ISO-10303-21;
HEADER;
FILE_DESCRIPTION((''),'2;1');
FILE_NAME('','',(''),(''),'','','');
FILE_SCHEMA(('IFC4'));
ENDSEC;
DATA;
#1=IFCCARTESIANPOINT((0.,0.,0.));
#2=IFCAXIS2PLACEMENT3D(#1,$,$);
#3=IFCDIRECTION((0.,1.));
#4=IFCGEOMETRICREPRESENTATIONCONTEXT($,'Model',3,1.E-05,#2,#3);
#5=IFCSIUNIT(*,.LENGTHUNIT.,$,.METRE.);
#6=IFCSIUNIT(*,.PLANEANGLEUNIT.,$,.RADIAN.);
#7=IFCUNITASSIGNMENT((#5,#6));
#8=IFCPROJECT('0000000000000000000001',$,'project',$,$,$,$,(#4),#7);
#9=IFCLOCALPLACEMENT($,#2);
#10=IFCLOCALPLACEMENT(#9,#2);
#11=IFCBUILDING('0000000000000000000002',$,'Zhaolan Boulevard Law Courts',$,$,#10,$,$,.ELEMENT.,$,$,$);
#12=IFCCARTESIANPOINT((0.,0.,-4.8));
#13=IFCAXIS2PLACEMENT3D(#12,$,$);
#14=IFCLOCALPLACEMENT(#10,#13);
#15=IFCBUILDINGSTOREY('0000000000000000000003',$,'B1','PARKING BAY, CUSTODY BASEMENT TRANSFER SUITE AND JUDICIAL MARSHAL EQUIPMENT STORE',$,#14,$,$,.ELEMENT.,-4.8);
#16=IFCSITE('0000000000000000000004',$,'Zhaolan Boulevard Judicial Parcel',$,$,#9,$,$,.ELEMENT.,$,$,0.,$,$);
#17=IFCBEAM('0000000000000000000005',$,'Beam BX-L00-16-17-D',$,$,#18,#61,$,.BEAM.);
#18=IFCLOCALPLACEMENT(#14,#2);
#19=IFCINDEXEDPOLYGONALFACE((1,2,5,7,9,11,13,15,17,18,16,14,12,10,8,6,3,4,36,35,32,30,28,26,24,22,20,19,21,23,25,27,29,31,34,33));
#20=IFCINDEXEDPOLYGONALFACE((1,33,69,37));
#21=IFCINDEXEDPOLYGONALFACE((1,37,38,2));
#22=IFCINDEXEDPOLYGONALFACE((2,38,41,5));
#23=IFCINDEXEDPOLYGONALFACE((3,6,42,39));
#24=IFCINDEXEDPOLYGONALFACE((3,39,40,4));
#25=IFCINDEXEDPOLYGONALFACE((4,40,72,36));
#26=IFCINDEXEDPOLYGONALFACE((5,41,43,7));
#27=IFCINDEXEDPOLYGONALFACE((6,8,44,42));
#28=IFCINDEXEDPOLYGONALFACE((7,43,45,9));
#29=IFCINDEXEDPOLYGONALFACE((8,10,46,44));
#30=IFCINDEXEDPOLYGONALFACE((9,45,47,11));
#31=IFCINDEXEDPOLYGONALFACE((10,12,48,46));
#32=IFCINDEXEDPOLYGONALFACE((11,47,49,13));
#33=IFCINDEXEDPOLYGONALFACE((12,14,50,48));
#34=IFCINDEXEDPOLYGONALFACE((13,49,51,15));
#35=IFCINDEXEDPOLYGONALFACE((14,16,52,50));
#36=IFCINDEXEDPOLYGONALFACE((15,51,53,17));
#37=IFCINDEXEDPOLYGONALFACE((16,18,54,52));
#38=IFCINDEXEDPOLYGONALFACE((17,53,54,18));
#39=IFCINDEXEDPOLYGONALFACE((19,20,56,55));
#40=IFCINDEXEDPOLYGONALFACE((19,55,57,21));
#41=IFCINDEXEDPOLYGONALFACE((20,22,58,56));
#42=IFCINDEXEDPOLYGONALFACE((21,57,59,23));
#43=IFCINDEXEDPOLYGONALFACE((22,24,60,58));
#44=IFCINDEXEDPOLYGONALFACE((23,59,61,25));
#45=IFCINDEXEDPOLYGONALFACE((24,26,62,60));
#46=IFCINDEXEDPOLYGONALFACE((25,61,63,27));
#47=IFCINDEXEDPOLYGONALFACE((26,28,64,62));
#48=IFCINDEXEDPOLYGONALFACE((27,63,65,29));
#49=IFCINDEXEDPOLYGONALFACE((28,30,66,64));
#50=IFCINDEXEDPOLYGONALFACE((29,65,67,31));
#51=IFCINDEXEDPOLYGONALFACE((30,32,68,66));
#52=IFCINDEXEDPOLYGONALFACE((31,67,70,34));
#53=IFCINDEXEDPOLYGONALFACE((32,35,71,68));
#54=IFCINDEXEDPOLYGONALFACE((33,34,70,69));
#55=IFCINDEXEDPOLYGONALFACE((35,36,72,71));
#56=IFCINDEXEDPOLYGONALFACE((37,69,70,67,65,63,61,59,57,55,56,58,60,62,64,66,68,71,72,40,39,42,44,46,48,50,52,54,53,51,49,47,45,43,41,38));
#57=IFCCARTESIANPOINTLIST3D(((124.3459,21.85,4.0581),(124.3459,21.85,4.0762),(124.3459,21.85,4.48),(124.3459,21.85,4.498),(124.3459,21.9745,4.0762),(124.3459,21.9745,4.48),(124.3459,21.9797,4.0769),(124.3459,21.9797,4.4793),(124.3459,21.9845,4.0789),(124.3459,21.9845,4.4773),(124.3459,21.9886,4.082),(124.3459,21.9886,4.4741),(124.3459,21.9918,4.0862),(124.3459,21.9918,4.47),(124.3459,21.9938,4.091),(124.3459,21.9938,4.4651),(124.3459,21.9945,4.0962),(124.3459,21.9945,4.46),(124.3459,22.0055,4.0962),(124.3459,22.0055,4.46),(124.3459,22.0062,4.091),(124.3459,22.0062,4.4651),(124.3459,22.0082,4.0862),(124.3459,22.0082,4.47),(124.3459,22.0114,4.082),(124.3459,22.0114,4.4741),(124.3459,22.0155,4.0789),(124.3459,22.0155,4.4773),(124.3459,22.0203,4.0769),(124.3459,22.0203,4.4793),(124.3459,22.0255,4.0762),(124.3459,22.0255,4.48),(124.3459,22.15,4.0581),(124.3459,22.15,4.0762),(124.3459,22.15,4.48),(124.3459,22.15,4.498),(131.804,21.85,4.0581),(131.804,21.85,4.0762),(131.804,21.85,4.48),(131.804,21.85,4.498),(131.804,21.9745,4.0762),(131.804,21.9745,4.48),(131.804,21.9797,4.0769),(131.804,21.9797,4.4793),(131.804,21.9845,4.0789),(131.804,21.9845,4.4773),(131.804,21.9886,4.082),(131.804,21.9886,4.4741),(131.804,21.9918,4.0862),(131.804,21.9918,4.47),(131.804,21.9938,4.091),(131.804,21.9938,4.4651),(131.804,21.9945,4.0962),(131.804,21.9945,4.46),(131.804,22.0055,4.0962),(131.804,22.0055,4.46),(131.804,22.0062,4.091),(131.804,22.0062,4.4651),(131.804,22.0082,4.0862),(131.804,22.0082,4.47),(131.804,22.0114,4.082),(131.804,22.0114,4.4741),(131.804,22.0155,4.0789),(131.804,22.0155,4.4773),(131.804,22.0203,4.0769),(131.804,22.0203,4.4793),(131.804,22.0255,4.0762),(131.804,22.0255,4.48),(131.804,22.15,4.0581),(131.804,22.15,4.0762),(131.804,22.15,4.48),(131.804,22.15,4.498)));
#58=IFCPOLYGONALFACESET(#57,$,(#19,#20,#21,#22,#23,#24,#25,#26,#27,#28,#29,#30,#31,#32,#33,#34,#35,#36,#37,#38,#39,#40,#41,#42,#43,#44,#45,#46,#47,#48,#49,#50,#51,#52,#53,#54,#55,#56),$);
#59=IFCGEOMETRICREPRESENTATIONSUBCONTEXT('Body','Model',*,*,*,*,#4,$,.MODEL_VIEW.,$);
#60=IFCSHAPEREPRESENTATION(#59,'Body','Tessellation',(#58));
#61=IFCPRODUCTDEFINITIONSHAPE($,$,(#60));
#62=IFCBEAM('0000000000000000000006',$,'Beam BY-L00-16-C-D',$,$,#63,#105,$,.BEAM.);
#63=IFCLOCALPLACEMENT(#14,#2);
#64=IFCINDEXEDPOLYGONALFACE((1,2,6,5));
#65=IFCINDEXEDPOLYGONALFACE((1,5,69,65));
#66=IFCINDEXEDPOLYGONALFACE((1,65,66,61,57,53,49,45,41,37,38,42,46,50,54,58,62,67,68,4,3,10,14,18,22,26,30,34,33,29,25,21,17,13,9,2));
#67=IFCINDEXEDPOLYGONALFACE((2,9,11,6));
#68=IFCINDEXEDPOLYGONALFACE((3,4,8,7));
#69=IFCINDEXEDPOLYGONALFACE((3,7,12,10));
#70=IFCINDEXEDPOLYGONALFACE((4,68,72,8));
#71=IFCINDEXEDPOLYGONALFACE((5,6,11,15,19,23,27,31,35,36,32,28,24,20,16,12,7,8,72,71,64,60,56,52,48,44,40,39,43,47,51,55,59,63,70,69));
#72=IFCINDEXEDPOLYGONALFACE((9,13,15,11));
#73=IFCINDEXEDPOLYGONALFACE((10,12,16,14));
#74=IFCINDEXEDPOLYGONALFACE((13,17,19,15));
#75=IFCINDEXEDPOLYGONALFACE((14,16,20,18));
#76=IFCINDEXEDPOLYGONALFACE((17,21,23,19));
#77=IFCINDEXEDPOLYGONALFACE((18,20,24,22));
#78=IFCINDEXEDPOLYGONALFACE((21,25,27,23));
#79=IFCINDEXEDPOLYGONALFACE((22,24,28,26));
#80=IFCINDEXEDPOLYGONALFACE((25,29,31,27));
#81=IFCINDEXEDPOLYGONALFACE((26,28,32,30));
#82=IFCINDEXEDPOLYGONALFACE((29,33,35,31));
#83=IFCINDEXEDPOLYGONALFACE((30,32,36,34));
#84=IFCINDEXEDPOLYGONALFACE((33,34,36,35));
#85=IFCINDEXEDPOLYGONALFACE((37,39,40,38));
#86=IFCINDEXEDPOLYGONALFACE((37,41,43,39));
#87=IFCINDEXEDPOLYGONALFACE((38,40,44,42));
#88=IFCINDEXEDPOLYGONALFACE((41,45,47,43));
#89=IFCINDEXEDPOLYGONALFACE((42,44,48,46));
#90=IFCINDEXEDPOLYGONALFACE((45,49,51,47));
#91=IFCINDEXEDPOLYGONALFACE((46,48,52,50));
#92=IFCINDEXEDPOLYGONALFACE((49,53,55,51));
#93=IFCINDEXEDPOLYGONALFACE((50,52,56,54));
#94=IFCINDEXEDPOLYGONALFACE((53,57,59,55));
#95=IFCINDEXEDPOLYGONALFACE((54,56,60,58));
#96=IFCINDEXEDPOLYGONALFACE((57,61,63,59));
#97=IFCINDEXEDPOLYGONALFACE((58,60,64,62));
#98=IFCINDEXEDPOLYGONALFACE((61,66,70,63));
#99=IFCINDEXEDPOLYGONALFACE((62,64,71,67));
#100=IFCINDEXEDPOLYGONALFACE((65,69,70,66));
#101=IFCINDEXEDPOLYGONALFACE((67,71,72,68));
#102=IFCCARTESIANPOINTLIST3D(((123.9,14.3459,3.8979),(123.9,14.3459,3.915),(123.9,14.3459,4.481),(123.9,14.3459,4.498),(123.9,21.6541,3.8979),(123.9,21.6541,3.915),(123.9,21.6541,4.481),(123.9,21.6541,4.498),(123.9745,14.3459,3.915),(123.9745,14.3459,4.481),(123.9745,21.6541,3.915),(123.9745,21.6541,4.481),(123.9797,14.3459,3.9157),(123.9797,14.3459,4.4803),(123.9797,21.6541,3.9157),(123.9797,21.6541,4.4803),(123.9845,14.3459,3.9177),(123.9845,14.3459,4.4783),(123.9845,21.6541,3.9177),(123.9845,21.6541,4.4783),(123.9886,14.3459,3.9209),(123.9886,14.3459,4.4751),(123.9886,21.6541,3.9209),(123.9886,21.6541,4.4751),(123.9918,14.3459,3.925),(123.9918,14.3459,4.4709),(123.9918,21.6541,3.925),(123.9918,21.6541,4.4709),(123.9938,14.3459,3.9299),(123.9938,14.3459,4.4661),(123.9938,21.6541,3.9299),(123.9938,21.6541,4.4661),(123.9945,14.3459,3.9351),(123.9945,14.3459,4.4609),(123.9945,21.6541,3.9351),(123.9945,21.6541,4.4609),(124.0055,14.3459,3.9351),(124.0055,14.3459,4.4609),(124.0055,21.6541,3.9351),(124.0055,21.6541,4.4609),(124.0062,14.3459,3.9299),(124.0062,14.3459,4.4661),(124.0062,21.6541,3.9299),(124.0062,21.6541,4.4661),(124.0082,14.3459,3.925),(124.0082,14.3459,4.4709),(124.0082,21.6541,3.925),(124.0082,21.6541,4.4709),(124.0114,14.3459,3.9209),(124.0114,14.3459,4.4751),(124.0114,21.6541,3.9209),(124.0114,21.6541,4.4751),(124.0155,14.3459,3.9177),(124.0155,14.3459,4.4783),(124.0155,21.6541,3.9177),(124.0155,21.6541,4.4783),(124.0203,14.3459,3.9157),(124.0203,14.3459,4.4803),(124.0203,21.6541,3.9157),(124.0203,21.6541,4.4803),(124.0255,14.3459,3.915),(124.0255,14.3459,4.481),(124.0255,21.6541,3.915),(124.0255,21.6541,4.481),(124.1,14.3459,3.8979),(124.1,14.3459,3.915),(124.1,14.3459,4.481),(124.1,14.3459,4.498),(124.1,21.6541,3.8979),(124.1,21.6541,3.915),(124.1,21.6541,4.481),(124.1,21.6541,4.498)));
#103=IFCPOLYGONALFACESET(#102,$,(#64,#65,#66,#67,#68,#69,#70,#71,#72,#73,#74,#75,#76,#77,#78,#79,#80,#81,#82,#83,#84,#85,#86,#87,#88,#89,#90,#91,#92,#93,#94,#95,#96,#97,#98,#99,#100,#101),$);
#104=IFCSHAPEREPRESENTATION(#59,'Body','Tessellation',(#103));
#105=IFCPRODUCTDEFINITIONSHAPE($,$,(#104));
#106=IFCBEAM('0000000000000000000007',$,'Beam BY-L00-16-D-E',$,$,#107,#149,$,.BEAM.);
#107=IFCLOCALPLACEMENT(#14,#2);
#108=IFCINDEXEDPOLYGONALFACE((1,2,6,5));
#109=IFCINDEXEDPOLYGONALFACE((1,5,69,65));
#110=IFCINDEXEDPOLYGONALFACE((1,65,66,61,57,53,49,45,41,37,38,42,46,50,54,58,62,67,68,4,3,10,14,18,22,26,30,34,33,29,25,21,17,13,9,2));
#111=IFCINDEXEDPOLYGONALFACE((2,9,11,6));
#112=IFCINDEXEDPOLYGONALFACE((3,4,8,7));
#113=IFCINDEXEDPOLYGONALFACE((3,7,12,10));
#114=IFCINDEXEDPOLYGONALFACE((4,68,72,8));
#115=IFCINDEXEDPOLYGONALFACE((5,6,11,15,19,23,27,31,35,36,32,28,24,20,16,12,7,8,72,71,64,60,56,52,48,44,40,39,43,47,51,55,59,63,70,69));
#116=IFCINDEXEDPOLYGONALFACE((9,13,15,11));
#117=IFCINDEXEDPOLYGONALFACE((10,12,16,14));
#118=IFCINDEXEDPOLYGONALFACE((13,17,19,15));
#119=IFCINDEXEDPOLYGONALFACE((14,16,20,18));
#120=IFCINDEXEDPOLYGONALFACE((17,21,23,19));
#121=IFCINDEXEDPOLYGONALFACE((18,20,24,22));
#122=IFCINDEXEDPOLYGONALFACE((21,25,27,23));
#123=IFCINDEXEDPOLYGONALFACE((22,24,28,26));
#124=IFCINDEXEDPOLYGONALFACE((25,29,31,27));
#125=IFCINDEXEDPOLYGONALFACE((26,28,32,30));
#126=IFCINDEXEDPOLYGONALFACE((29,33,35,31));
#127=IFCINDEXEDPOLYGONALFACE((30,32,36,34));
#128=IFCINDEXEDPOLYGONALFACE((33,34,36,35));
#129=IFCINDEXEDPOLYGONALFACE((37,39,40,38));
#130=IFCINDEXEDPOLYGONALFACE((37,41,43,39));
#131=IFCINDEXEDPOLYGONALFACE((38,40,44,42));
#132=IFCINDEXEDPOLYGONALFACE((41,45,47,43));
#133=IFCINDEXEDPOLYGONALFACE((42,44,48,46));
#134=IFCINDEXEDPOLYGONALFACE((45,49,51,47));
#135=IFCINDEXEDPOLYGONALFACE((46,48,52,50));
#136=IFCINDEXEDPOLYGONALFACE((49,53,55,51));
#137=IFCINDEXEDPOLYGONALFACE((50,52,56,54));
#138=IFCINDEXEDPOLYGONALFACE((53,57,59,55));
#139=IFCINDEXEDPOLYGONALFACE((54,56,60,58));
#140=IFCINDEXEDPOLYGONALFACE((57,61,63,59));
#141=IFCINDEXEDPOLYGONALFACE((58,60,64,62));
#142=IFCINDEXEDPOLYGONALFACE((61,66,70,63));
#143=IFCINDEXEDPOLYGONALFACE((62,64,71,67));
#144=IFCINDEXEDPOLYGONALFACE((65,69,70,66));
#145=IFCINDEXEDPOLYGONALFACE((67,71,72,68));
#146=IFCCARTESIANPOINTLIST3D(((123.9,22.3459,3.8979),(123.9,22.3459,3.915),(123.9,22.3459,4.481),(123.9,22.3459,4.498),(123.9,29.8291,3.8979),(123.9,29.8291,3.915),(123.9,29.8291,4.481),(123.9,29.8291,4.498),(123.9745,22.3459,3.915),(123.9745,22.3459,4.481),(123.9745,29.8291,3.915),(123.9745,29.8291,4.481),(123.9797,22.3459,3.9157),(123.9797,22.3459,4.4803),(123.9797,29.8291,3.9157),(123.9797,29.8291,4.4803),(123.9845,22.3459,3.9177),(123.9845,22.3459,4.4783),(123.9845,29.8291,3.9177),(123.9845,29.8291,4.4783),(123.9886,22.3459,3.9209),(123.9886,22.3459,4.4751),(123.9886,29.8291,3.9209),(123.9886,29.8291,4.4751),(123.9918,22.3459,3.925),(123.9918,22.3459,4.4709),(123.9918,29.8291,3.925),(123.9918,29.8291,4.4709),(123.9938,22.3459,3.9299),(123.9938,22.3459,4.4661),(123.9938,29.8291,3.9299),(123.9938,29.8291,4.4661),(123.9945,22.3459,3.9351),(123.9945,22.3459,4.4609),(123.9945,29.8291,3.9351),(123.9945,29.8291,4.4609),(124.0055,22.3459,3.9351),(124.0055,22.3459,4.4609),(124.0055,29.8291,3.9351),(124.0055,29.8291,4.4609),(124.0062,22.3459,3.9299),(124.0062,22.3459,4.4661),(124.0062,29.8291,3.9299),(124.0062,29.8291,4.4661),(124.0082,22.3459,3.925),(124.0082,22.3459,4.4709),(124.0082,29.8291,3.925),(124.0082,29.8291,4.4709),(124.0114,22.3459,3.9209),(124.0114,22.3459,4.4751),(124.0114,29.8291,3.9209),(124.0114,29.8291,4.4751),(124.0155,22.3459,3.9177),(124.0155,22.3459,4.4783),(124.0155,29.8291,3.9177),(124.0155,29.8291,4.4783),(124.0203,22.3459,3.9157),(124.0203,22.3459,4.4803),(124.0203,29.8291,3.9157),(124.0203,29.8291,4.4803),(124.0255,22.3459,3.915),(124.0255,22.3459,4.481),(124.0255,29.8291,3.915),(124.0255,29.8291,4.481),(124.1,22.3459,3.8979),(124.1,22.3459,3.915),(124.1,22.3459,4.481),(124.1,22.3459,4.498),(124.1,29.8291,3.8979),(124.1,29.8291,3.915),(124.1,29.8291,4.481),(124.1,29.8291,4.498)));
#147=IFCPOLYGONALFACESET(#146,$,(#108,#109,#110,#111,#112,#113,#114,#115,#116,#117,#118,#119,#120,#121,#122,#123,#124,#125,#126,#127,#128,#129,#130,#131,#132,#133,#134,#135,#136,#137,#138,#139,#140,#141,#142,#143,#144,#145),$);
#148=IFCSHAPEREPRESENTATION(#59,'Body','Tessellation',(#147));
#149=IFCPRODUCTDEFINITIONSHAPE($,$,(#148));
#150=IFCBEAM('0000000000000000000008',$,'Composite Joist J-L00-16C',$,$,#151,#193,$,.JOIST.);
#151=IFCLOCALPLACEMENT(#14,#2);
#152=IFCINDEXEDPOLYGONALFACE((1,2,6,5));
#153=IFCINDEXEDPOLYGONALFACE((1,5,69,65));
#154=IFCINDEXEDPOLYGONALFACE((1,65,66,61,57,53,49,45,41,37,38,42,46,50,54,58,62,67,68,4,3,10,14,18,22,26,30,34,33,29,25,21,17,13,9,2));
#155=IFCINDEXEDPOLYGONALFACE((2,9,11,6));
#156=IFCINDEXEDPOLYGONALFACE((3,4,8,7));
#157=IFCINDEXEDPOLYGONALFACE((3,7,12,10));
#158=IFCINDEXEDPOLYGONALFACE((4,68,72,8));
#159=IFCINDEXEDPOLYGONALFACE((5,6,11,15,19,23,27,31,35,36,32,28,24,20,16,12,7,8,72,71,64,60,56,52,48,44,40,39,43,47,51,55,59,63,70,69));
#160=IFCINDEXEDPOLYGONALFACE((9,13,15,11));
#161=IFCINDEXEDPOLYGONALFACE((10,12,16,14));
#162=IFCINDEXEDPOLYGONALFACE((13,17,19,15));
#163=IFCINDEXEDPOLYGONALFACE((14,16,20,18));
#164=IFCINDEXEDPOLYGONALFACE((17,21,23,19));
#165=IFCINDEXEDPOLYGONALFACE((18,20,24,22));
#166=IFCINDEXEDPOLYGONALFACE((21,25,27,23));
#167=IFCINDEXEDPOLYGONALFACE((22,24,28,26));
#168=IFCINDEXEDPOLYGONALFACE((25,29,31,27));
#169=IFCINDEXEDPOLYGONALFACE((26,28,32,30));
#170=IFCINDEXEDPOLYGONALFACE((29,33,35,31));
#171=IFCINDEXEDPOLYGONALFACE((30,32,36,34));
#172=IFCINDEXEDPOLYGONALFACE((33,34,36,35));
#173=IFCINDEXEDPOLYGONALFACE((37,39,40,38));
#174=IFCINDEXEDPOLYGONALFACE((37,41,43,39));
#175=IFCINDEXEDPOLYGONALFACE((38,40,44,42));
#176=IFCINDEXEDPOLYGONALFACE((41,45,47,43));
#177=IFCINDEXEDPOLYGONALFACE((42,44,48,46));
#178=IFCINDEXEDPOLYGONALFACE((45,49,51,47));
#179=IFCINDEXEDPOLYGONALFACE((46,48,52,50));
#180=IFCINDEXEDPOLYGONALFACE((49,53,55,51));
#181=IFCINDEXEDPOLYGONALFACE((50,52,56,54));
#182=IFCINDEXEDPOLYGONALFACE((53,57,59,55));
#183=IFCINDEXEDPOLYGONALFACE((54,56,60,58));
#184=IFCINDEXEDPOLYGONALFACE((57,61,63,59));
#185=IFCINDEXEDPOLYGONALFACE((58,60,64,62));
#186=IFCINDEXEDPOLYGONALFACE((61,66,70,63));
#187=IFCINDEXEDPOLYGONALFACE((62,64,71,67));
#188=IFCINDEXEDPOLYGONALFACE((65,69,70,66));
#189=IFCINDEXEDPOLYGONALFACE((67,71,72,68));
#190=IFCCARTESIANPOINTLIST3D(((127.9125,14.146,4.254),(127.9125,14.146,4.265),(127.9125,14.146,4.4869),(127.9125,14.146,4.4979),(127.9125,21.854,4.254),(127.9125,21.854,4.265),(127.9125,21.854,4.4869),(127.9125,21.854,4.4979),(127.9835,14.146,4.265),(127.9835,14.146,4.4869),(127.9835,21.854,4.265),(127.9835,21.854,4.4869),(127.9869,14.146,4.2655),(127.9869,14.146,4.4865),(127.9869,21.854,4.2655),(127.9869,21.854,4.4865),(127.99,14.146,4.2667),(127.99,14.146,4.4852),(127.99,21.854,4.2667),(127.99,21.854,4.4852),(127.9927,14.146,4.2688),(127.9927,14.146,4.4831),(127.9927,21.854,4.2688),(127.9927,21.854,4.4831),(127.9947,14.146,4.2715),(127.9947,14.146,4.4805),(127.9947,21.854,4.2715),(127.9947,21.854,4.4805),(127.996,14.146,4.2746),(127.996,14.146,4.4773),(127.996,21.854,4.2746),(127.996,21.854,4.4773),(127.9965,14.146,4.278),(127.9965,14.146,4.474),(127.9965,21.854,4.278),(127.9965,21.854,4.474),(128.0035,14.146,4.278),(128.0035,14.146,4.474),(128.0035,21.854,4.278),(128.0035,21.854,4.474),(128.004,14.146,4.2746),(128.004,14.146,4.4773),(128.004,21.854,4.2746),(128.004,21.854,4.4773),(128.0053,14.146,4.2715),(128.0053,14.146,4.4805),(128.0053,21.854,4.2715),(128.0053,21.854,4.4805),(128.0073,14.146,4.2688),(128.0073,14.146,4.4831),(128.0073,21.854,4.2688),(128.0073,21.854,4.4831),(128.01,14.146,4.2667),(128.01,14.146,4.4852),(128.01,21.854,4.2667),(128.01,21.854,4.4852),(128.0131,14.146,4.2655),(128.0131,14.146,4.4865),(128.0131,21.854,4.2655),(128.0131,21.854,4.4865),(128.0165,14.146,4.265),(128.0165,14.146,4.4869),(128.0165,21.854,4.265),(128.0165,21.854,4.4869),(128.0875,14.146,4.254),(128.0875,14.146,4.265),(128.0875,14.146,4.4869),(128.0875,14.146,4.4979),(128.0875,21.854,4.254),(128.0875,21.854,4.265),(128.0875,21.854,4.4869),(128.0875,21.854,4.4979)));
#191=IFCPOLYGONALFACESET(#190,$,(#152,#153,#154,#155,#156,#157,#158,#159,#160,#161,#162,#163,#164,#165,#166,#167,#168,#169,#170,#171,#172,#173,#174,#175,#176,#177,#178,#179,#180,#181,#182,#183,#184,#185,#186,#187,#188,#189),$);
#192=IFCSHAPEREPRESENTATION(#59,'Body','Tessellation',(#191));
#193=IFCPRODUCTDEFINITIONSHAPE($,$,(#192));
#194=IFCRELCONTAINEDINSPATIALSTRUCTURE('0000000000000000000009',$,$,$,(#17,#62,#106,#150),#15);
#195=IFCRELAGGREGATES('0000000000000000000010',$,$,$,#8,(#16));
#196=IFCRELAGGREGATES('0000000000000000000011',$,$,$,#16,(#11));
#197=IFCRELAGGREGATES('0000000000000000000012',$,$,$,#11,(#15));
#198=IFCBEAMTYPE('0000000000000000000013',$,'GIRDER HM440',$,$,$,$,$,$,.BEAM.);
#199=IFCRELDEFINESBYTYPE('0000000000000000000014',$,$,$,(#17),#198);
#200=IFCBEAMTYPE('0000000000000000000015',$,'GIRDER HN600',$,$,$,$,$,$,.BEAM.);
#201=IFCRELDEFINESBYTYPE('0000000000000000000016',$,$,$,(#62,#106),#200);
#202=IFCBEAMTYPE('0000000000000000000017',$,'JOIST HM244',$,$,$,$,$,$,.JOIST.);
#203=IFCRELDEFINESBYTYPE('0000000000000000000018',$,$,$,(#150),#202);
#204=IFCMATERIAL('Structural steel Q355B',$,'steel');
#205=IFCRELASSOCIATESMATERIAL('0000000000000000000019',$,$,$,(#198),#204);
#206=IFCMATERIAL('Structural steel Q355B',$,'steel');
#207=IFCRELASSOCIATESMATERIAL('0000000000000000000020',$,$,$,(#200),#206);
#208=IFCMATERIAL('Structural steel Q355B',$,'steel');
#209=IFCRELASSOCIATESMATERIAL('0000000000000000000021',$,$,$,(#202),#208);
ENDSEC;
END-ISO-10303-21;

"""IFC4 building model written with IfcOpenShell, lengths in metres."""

from ifc_helpers import new_model, si_unit, direction, frame, origin, origin_2d, place, context, subcontext, project, spatial, i_section, extrude, material, material_profile, profile_set, type_object, element, save


model = new_model("IFC4")

# Units and contexts
model_context = context("Model", 3, precision=1e-05, world=origin(), true_north=direction((0.0, 1.0)))
body_context = subcontext(model_context, "Body", "Model", "MODEL_VIEW")
ifc_project = project(units=[si_unit("LENGTHUNIT", "METRE"), si_unit("PLANEANGLEUNIT", "RADIAN")], contexts=[model_context])

# Site, building, storey
site_placement = place(None, origin())
site = spatial("IfcSite", under=ifc_project, at=site_placement, Name="Zhaolan Boulevard Judicial Parcel", CompositionType="ELEMENT", RefElevation=0.0)
building_placement = place(site_placement, origin())
building = spatial("IfcBuilding", under=site, at=building_placement, Name="Zhaolan Boulevard Law Courts", CompositionType="ELEMENT")
storey_placement = place(building_placement, frame((0.0, 0.0, -4.8)))
storey = spatial("IfcBuildingStorey", under=building, at=storey_placement, Name="B1", Description="PARKING BAY, CUSTODY BASEMENT TRANSFER SUITE AND JUDICIAL MARSHAL EQUIPMENT STORE", CompositionType="ELEMENT", Elevation=-4.8)

# Beams
ifc_material_1 = material(Name="Structural steel Q355B", Category="steel")
ifc_material_profile_1 = material_profile(ifc_material_1, i_section(OverallWidth=0.3, OverallDepth=0.4399, WebThickness=0.011, FlangeThickness=0.0181, FilletRadius=0.02, at=origin_2d()), Name="HM440x300")
ifc_profile_set_1 = profile_set([ifc_material_profile_1], Name="Structural steel Q355B")
beam_type_1 = type_object("IfcBeamType", Name="GIRDER HM440", PredefinedType="BEAM", material=ifc_profile_set_1)
beam_1_placement = place(storey_placement, frame((124.3459, 22.0, 4.2781), z_axis=(1.0, 0.0, 0.0), x_axis=(0.0, 1.0, 0.0)))
element("IfcBeam", 1, at=beam_1_placement, inside=storey, type_object=beam_type_1, Name="Beam BX-L00-16-17-D", PredefinedType="BEAM", context=body_context, shape_type="SweptSolid", body=[
    extrude(i_section(OverallWidth=0.3, OverallDepth=0.4399, WebThickness=0.011, FlangeThickness=0.0181, FilletRadius=0.02, at=origin_2d()), origin(), (0.0, 0.0, 1.0), 7.458),
])
ifc_material_2 = material(Name="Structural steel Q355B", Category="steel")
ifc_material_profile_2 = material_profile(ifc_material_2, i_section(OverallWidth=0.2, OverallDepth=0.6001, WebThickness=0.011, FlangeThickness=0.0171, FilletRadius=0.02, at=origin_2d()), Name="HN600x200")
ifc_profile_set_2 = profile_set([ifc_material_profile_2], Name="Structural steel Q355B")
beam_type_2 = type_object("IfcBeamType", Name="GIRDER HN600", PredefinedType="BEAM", material=ifc_profile_set_2)
beam_2_placement = place(storey_placement, frame((124.0, 14.3459, 4.198), z_axis=(0.0, 1.0, 0.0), x_axis=(-1.0, 0.0, 0.0)))
element("IfcBeam", 2, at=beam_2_placement, inside=storey, type_object=beam_type_2, Name="Beam BY-L00-16-C-D", PredefinedType="BEAM", context=body_context, shape_type="SweptSolid", body=[
    extrude(i_section(OverallWidth=0.2, OverallDepth=0.6001, WebThickness=0.011, FlangeThickness=0.0171, FilletRadius=0.02, at=origin_2d()), origin(), (0.0, 0.0, 1.0), 7.3081),
])
beam_3_placement = place(storey_placement, frame((124.0, 22.3459, 4.198), z_axis=(0.0, 1.0, 0.0), x_axis=(-1.0, 0.0, 0.0)))
element("IfcBeam", 3, at=beam_3_placement, inside=storey, type_object=beam_type_2, Name="Beam BY-L00-16-D-E", PredefinedType="BEAM", context=body_context, shape_type="SweptSolid", body=[
    extrude(i_section(OverallWidth=0.2, OverallDepth=0.6001, WebThickness=0.011, FlangeThickness=0.0171, FilletRadius=0.02, at=origin_2d()), origin(), (0.0, 0.0, 1.0), 7.4832),
])
ifc_material_3 = material(Name="Structural steel Q355B", Category="steel")
ifc_material_profile_3 = material_profile(ifc_material_3, i_section(OverallWidth=0.175, OverallDepth=0.2439, WebThickness=0.0071, FlangeThickness=0.011, FilletRadius=0.0129, at=origin_2d()), Name="HM244x175")
ifc_profile_set_3 = profile_set([ifc_material_profile_3], Name="Structural steel Q355B")
beam_type_3 = type_object("IfcBeamType", Name="JOIST HM244", PredefinedType="JOIST", material=ifc_profile_set_3)
beam_4_placement = place(storey_placement, frame((128.0, 14.146, 4.376), z_axis=(0.0, 1.0, 0.0), x_axis=(-1.0, 0.0, 0.0)))
element("IfcBeam", 4, at=beam_4_placement, inside=storey, type_object=beam_type_3, Name="Composite Joist J-L00-16C", PredefinedType="JOIST", context=body_context, shape_type="SweptSolid", body=[
    extrude(i_section(OverallWidth=0.175, OverallDepth=0.2439, WebThickness=0.0071, FlangeThickness=0.011, FilletRadius=0.0129, at=origin_2d()), origin(), (0.0, 0.0, 1.0), 7.708),
])

save(model, "model.ifc")
